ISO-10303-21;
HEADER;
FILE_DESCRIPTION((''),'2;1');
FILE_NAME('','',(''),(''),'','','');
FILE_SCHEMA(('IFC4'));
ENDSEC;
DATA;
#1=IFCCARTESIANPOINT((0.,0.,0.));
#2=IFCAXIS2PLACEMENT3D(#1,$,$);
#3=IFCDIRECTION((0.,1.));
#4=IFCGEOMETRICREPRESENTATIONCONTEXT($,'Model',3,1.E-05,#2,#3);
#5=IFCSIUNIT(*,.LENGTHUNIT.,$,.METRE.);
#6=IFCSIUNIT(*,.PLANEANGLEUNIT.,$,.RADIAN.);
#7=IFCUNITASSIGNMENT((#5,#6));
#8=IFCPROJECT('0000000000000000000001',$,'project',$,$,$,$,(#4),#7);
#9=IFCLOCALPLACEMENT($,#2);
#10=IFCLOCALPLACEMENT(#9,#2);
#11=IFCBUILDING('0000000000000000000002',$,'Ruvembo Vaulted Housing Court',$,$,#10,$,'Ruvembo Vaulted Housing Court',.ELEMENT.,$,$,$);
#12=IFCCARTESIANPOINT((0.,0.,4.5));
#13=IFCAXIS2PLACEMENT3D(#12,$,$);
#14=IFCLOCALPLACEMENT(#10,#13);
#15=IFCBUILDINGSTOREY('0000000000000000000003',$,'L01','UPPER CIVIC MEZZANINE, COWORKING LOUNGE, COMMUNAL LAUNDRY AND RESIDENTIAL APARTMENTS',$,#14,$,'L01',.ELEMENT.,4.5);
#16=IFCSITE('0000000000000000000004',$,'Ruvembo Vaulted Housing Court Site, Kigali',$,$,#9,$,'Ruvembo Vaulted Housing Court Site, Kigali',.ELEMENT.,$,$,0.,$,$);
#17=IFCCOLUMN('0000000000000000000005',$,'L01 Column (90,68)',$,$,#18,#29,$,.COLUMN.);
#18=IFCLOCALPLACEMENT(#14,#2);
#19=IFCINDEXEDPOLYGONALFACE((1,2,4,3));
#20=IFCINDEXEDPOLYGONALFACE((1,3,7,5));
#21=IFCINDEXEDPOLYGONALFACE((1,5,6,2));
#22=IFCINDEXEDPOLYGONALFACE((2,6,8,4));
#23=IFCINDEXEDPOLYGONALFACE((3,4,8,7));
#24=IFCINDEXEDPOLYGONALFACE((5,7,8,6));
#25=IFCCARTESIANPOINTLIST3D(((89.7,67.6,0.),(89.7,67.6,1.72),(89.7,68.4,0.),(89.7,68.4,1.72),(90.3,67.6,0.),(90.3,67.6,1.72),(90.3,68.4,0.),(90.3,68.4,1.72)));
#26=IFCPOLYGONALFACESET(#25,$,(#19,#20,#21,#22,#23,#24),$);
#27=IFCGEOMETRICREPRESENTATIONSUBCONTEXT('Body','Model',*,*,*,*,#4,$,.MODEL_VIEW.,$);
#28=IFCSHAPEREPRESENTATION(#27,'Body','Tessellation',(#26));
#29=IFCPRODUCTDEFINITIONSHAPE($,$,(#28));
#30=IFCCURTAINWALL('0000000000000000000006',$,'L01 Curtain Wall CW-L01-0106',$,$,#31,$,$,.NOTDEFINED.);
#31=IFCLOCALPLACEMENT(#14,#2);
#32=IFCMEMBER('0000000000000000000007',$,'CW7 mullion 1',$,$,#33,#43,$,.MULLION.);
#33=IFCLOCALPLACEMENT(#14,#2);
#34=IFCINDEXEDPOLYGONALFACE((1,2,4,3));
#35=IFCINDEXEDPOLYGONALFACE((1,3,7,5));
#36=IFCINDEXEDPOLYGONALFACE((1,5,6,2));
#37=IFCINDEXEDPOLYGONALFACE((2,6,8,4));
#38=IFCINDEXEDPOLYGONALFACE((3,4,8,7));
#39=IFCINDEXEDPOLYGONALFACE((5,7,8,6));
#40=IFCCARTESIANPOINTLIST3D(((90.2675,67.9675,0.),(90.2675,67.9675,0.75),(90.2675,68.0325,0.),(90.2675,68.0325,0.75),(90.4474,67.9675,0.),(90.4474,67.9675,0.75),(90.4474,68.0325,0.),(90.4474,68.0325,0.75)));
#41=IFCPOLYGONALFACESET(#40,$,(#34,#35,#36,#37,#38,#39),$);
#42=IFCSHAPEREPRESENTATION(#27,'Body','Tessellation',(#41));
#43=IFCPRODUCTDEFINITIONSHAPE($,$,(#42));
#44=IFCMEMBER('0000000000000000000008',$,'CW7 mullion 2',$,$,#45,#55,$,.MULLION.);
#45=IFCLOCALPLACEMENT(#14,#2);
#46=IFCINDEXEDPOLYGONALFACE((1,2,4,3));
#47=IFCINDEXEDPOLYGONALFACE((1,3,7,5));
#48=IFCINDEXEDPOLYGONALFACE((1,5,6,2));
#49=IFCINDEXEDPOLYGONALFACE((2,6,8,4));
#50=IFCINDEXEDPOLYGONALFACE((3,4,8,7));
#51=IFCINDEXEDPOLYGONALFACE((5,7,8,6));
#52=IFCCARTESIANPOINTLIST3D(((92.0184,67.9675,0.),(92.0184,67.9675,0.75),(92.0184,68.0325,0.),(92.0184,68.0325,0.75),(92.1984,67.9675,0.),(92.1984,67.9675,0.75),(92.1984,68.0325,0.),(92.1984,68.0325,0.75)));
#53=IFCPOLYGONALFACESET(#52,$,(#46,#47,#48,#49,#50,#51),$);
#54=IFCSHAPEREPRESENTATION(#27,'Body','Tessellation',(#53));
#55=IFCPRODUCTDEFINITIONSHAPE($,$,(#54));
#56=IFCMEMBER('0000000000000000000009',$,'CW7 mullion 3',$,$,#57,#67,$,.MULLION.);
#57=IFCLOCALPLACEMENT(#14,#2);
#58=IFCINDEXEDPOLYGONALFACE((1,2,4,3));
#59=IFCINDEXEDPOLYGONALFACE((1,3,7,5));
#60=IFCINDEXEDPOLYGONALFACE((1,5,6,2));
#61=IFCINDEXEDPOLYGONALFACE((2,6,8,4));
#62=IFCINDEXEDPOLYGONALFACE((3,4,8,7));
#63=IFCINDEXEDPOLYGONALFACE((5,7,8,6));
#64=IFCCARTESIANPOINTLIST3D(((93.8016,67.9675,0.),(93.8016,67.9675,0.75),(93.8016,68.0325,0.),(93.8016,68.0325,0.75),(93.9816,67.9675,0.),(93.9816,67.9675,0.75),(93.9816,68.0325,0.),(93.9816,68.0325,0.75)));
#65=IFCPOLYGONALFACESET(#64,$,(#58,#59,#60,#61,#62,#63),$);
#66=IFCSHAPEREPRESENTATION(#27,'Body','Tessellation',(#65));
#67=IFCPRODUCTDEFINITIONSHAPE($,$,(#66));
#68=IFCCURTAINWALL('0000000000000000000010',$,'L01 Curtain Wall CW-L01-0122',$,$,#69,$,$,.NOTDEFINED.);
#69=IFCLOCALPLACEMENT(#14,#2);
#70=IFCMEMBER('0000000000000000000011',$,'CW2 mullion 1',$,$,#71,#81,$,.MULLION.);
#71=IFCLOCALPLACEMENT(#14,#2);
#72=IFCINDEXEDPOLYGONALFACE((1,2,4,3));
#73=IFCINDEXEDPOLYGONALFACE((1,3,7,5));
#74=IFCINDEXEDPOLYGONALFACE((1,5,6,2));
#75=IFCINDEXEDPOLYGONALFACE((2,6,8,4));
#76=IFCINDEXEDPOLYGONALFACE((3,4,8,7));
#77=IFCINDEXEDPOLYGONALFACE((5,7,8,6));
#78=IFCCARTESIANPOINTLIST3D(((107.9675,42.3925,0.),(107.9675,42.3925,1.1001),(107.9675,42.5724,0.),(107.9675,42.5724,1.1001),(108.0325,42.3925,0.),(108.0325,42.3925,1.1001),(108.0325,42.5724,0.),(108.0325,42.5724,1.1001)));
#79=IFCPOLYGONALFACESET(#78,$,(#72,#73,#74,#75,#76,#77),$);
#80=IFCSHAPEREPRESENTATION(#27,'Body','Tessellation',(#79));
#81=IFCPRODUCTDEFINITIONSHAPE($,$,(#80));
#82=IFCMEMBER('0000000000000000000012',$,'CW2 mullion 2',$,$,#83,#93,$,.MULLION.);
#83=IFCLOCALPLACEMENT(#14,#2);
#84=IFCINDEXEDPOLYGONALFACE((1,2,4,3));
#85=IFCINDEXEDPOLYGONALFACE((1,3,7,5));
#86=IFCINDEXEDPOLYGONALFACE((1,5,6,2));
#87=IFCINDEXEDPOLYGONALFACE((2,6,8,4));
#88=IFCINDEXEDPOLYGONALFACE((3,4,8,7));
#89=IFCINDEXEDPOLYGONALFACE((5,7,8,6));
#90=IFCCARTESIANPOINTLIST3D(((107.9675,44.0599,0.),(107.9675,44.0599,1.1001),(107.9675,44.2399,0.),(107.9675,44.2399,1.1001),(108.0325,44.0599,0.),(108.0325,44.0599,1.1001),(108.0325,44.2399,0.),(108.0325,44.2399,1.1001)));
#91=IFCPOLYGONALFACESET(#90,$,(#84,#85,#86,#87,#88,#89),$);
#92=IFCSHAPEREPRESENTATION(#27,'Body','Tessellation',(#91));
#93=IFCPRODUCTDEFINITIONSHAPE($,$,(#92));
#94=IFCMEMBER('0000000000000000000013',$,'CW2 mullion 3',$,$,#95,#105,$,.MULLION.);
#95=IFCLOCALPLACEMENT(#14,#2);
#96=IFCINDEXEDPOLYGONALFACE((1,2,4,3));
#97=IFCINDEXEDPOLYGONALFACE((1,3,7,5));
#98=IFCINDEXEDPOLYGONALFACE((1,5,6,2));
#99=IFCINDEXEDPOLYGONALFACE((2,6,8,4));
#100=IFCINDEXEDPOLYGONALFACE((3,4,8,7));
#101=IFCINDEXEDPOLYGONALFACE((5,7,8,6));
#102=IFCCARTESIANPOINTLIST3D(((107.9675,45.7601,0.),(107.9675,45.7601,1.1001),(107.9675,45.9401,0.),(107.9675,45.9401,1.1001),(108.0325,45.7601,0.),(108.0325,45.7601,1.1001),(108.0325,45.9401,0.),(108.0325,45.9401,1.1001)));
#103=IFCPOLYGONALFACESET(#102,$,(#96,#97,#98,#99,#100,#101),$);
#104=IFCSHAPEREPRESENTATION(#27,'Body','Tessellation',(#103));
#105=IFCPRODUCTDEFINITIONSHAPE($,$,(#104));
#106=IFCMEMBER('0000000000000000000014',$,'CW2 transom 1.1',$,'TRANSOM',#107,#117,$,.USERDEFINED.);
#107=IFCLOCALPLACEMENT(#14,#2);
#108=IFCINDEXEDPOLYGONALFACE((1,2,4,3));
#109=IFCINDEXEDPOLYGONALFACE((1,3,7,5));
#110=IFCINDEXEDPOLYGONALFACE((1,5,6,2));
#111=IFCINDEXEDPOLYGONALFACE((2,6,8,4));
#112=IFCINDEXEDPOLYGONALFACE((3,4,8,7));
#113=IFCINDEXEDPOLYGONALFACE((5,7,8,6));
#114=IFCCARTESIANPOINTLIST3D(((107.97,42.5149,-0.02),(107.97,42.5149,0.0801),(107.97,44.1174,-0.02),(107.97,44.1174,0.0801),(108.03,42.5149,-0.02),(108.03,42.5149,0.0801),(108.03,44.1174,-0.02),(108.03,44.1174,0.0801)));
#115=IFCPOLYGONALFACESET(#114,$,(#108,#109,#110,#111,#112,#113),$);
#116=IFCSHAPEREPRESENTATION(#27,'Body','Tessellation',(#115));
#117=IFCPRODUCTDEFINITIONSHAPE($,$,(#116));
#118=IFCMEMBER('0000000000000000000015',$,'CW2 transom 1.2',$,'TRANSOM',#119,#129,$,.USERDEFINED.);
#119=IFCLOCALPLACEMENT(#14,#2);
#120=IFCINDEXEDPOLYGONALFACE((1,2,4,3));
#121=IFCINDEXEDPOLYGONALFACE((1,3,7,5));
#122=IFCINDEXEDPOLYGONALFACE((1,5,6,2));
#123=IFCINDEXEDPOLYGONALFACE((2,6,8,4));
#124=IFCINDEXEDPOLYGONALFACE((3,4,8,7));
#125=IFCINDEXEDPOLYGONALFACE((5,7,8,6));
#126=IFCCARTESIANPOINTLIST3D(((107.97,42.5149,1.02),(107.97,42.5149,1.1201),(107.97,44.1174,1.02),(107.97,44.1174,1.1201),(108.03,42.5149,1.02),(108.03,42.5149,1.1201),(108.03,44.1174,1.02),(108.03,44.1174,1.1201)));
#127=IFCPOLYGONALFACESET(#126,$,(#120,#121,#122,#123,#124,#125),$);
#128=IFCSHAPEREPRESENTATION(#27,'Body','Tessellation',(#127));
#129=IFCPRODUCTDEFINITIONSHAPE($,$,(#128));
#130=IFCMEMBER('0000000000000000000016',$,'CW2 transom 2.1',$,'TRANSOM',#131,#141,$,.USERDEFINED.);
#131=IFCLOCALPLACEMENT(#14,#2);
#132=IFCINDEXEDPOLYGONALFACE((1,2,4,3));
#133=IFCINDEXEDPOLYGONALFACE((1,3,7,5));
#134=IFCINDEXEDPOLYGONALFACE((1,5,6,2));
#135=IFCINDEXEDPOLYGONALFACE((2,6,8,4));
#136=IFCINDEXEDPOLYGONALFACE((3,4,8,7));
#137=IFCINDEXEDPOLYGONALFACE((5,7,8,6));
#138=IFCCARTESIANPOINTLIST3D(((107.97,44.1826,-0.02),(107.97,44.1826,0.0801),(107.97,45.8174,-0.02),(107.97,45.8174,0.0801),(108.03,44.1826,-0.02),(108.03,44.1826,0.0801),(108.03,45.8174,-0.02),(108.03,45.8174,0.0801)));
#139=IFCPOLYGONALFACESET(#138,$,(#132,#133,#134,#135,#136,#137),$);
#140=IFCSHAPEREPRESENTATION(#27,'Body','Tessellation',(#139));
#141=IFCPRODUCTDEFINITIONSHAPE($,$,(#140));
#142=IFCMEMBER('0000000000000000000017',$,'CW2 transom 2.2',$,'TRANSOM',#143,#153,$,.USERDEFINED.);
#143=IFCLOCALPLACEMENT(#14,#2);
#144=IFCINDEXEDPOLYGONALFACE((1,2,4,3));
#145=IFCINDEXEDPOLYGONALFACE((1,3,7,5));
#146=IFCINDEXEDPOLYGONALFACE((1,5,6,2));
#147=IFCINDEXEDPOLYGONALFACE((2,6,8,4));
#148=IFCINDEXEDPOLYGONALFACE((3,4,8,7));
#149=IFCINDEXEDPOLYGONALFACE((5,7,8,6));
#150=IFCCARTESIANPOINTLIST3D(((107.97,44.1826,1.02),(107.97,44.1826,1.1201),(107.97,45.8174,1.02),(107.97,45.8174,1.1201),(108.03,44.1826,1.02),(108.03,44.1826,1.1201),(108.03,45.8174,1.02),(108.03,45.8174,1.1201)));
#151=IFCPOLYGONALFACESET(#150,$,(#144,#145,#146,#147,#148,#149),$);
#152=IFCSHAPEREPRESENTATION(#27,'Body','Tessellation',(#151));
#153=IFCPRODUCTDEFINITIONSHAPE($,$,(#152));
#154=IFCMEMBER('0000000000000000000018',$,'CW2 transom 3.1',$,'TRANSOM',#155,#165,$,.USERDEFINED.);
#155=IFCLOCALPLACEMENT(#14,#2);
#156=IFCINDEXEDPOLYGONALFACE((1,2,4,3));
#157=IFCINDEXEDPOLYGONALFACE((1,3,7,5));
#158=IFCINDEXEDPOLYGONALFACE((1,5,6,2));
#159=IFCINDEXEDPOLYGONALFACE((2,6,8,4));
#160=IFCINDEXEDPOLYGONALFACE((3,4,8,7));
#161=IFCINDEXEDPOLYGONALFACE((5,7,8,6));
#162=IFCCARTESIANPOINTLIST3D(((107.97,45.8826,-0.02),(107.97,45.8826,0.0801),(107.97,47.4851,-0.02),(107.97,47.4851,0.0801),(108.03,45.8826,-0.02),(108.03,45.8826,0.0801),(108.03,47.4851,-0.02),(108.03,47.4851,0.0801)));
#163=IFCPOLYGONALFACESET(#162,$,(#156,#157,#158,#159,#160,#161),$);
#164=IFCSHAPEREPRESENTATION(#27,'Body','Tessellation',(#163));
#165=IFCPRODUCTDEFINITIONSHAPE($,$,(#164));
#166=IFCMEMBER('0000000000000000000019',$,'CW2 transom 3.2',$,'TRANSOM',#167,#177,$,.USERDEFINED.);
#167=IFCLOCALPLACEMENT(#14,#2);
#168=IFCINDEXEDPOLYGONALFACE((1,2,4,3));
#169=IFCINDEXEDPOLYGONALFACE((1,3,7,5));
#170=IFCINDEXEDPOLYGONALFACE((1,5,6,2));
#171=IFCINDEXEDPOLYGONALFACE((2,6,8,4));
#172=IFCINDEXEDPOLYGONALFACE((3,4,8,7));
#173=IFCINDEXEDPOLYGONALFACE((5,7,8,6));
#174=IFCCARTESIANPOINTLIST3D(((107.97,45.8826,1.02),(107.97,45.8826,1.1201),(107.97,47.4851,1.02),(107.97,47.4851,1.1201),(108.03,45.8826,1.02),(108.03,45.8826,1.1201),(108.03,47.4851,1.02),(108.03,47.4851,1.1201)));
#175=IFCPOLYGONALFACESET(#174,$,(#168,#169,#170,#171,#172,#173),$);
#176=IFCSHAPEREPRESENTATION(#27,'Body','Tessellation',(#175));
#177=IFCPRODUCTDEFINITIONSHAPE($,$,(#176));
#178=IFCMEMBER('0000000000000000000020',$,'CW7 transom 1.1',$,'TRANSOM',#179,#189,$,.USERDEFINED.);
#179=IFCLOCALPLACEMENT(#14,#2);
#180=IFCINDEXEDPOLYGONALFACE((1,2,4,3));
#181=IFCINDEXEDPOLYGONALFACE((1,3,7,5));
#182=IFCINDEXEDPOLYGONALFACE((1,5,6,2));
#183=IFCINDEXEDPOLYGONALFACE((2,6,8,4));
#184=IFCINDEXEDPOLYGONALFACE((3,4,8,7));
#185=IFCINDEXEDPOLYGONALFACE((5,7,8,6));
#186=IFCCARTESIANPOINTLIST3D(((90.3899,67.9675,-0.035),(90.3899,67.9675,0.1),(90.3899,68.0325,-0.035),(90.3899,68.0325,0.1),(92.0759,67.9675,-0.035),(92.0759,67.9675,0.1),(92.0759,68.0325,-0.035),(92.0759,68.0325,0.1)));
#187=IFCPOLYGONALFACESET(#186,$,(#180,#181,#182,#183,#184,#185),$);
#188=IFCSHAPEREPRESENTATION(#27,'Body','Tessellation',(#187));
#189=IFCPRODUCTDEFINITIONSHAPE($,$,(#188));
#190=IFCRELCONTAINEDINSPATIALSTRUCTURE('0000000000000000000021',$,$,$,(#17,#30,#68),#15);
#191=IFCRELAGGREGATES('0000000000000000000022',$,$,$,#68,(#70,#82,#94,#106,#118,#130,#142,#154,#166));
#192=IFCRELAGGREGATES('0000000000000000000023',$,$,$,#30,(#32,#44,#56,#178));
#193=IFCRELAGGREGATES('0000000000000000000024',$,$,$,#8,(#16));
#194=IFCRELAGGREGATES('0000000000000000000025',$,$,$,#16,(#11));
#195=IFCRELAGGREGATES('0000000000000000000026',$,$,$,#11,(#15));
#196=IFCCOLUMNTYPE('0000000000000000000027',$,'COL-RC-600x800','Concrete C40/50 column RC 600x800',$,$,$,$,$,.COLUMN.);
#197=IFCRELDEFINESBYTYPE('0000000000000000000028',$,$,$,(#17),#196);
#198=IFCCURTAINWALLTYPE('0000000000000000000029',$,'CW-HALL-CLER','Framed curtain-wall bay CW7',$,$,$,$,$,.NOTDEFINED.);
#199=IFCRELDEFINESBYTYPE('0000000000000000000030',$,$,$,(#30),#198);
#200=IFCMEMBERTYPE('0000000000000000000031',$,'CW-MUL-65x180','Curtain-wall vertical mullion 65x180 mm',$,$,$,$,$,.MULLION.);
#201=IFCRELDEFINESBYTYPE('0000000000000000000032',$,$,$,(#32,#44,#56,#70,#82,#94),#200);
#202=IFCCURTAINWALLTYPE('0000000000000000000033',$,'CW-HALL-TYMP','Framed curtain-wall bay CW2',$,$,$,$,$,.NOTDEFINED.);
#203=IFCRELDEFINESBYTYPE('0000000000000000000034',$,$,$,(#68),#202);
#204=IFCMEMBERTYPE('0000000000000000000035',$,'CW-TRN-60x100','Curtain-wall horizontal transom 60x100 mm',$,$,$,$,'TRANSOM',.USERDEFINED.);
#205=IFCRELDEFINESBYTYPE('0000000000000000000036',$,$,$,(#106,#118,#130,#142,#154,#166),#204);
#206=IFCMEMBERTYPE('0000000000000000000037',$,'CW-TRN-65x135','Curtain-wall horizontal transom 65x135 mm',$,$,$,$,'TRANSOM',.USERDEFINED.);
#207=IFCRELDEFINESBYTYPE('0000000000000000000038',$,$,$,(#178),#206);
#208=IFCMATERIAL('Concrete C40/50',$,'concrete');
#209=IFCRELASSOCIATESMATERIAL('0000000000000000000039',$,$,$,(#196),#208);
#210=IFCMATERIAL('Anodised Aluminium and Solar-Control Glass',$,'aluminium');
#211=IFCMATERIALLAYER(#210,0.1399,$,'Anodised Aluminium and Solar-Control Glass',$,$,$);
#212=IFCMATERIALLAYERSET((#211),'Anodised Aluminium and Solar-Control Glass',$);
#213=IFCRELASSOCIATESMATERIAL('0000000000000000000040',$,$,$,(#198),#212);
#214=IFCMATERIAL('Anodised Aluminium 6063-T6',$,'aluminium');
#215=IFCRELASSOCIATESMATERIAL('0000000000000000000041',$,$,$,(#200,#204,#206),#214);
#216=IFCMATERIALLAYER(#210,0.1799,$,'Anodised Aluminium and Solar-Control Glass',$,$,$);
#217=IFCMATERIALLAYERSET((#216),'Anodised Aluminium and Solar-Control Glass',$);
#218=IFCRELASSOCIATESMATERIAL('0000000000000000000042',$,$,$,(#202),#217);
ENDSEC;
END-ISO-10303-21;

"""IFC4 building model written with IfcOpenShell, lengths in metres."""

from ifc_helpers import new_model, si_unit, direction, frame, origin, origin_2d, place, context, subcontext, project, spatial, rectangle, extrude, material, layer, layer_set, material_profile, profile_set, type_object, element, aggregate, save


model = new_model("IFC4")

# Units and contexts
model_context = context("Model", 3, precision=1e-05, world=origin(), true_north=direction((0.0, 1.0)))
body_context = subcontext(model_context, "Body", "Model", "MODEL_VIEW")
ifc_project = project(units=[si_unit("LENGTHUNIT", "METRE"), si_unit("PLANEANGLEUNIT", "RADIAN")], contexts=[model_context])

# Site, building, storey
site_placement = place(None, origin())
site = spatial("IfcSite", under=ifc_project, at=site_placement, Name="Ruvembo Vaulted Housing Court Site, Kigali", LongName="Ruvembo Vaulted Housing Court Site, Kigali", CompositionType="ELEMENT", RefElevation=0.0)
building_placement = place(site_placement, origin())
building = spatial("IfcBuilding", under=site, at=building_placement, Name="Ruvembo Vaulted Housing Court", LongName="Ruvembo Vaulted Housing Court", CompositionType="ELEMENT")
storey_placement = place(building_placement, frame((0.0, 0.0, 4.5)))
storey = spatial("IfcBuildingStorey", under=building, at=storey_placement, Name="L01", Description="UPPER CIVIC MEZZANINE, COWORKING LOUNGE, COMMUNAL LAUNDRY AND RESIDENTIAL APARTMENTS", LongName="L01", CompositionType="ELEMENT", Elevation=4.5)

# Column
ifc_material_1 = material(Name="Concrete C40/50", Category="concrete")
ifc_material_profile_1 = material_profile(ifc_material_1, rectangle(XDim=0.6001, YDim=0.8, at=origin_2d()), Name="RC 600x800")
ifc_profile_set_1 = profile_set([ifc_material_profile_1], Name="Concrete C40/50")
column_type = type_object("IfcColumnType", Name="COL-RC-600x800", Description="Concrete C40/50 column RC 600x800", PredefinedType="COLUMN", material=ifc_profile_set_1)
column_placement = place(storey_placement, frame((90.0, 68.0, 0.0), z_axis=(0.0, 0.0, 1.0), x_axis=(1.0, 0.0, 0.0)))
element("IfcColumn", 1, at=column_placement, inside=storey, type_object=column_type, Name="L01 Column (90,68)", PredefinedType="COLUMN", context=body_context, shape_type="SweptSolid", body=[
    extrude(rectangle(XDim=0.6001, YDim=0.8, at=origin_2d()), origin(), (0.0, 0.0, 1.0), 1.72),
])

# Curtain walls, members
ifc_material_2 = material(Name="Anodised Aluminium and Solar-Control Glass", Category="aluminium")
ifc_layer_1 = layer(ifc_material_2, 0.1399, Name="Anodised Aluminium and Solar-Control Glass")
ifc_layer_set_1 = layer_set([ifc_layer_1], Name="Anodised Aluminium and Solar-Control Glass")
curtain_wall_type_1 = type_object("IfcCurtainWallType", Name="CW-HALL-CLER", Description="Framed curtain-wall bay CW7", PredefinedType="NOTDEFINED", material=ifc_layer_set_1)
curtain_wall_1_placement = place(storey_placement, origin())
curtain_wall_1 = element("IfcCurtainWall", 2, at=curtain_wall_1_placement, inside=storey, type_object=curtain_wall_type_1, Name="L01 Curtain Wall CW-L01-0106", PredefinedType="NOTDEFINED")
ifc_material_3 = material(Name="Anodised Aluminium 6063-T6", Category="aluminium")
ifc_material_profile_2 = material_profile(ifc_material_3, rectangle(XDim=0.0649, YDim=0.1799, at=origin_2d()), Name="ALU 65x180")
ifc_profile_set_2 = profile_set([ifc_material_profile_2], Name="Anodised Aluminium 6063-T6")
member_type_1 = type_object("IfcMemberType", Name="CW-MUL-65x180", Description="Curtain-wall vertical mullion 65x180 mm", PredefinedType="MULLION", material=ifc_profile_set_2)
member_1_placement = place(storey_placement, frame((90.3574, 68.0, 0.0), z_axis=(0.0, 0.0, 1.0), x_axis=(0.0, 1.0, 0.0)))
member_1 = element("IfcMember", 3, at=member_1_placement, type_object=member_type_1, Name="CW7 mullion 1", PredefinedType="MULLION", context=body_context, shape_type="SweptSolid", body=[
    extrude(rectangle(XDim=0.0649, YDim=0.1799, at=origin_2d()), origin(), (0.0, 0.0, 1.0), 0.75),
])
member_2_placement = place(storey_placement, frame((92.1084, 68.0, 0.0), z_axis=(0.0, 0.0, 1.0), x_axis=(0.0, 1.0, 0.0)))
member_2 = element("IfcMember", 4, at=member_2_placement, type_object=member_type_1, Name="CW7 mullion 2", PredefinedType="MULLION", context=body_context, shape_type="SweptSolid", body=[
    extrude(rectangle(XDim=0.0649, YDim=0.1799, at=origin_2d()), origin(), (0.0, 0.0, 1.0), 0.75),
])
member_3_placement = place(storey_placement, frame((93.8916, 68.0, 0.0), z_axis=(0.0, 0.0, 1.0), x_axis=(0.0, 1.0, 0.0)))
member_3 = element("IfcMember", 5, at=member_3_placement, type_object=member_type_1, Name="CW7 mullion 3", PredefinedType="MULLION", context=body_context, shape_type="SweptSolid", body=[
    extrude(rectangle(XDim=0.0649, YDim=0.1799, at=origin_2d()), origin(), (0.0, 0.0, 1.0), 0.75),
])
ifc_layer_2 = layer(ifc_material_2, 0.1799, Name="Anodised Aluminium and Solar-Control Glass")
ifc_layer_set_2 = layer_set([ifc_layer_2], Name="Anodised Aluminium and Solar-Control Glass")
curtain_wall_type_2 = type_object("IfcCurtainWallType", Name="CW-HALL-TYMP", Description="Framed curtain-wall bay CW2", PredefinedType="NOTDEFINED", material=ifc_layer_set_2)
curtain_wall_2_placement = place(storey_placement, origin())
curtain_wall_2 = element("IfcCurtainWall", 6, at=curtain_wall_2_placement, inside=storey, type_object=curtain_wall_type_2, Name="L01 Curtain Wall CW-L01-0122", PredefinedType="NOTDEFINED")
member_4_placement = place(storey_placement, frame((108.0, 42.4824, 0.0), z_axis=(0.0, 0.0, 1.0), x_axis=(-1.0, 0.0, 0.0)))
member_4 = element("IfcMember", 7, at=member_4_placement, type_object=member_type_1, Name="CW2 mullion 1", PredefinedType="MULLION", context=body_context, shape_type="SweptSolid", body=[
    extrude(rectangle(XDim=0.0649, YDim=0.1799, at=origin_2d()), origin(), (0.0, 0.0, 1.0), 1.1001),
])
member_5_placement = place(storey_placement, frame((108.0, 44.1499, 0.0), z_axis=(0.0, 0.0, 1.0), x_axis=(-1.0, 0.0, 0.0)))
member_5 = element("IfcMember", 8, at=member_5_placement, type_object=member_type_1, Name="CW2 mullion 2", PredefinedType="MULLION", context=body_context, shape_type="SweptSolid", body=[
    extrude(rectangle(XDim=0.0649, YDim=0.1799, at=origin_2d()), origin(), (0.0, 0.0, 1.0), 1.1001),
])
member_6_placement = place(storey_placement, frame((108.0, 45.8501, 0.0), z_axis=(0.0, 0.0, 1.0), x_axis=(-1.0, 0.0, 0.0)))
member_6 = element("IfcMember", 9, at=member_6_placement, type_object=member_type_1, Name="CW2 mullion 3", PredefinedType="MULLION", context=body_context, shape_type="SweptSolid", body=[
    extrude(rectangle(XDim=0.0649, YDim=0.1799, at=origin_2d()), origin(), (0.0, 0.0, 1.0), 1.1001),
])
ifc_material_profile_3 = material_profile(ifc_material_3, rectangle(XDim=0.0601, YDim=0.1001, at=origin_2d()), Name="ALU 60x100")
ifc_profile_set_3 = profile_set([ifc_material_profile_3], Name="Anodised Aluminium 6063-T6")
member_type_2 = type_object("IfcMemberType", Name="CW-TRN-60x100", Description="Curtain-wall horizontal transom 60x100 mm", ElementType="TRANSOM", PredefinedType="USERDEFINED", material=ifc_profile_set_3)
member_7_placement = place(storey_placement, frame((108.0, 42.5149, 0.03), z_axis=(0.0, 1.0, 0.0), x_axis=(-1.0, 0.0, 0.0)))
member_7 = element("IfcMember", 10, at=member_7_placement, type_object=member_type_2, Name="CW2 transom 1.1", ObjectType="TRANSOM", PredefinedType="USERDEFINED", context=body_context, shape_type="SweptSolid", body=[
    extrude(rectangle(XDim=0.0601, YDim=0.1001, at=origin_2d()), origin(), (0.0, 0.0, 1.0), 1.6025),
])
member_8_placement = place(storey_placement, frame((108.0, 42.5149, 1.0701), z_axis=(0.0, 1.0, 0.0), x_axis=(-1.0, 0.0, 0.0)))
member_8 = element("IfcMember", 11, at=member_8_placement, type_object=member_type_2, Name="CW2 transom 1.2", ObjectType="TRANSOM", PredefinedType="USERDEFINED", context=body_context, shape_type="SweptSolid", body=[
    extrude(rectangle(XDim=0.0601, YDim=0.1001, at=origin_2d()), origin(), (0.0, 0.0, 1.0), 1.6025),
])
member_9_placement = place(storey_placement, frame((108.0, 44.1826, 0.03), z_axis=(0.0, 1.0, 0.0), x_axis=(-1.0, 0.0, 0.0)))
member_9 = element("IfcMember", 12, at=member_9_placement, type_object=member_type_2, Name="CW2 transom 2.1", ObjectType="TRANSOM", PredefinedType="USERDEFINED", context=body_context, shape_type="SweptSolid", body=[
    extrude(rectangle(XDim=0.0601, YDim=0.1001, at=origin_2d()), origin(), (0.0, 0.0, 1.0), 1.6348),
])
member_10_placement = place(storey_placement, frame((108.0, 44.1826, 1.0701), z_axis=(0.0, 1.0, 0.0), x_axis=(-1.0, 0.0, 0.0)))
member_10 = element("IfcMember", 13, at=member_10_placement, type_object=member_type_2, Name="CW2 transom 2.2", ObjectType="TRANSOM", PredefinedType="USERDEFINED", context=body_context, shape_type="SweptSolid", body=[
    extrude(rectangle(XDim=0.0601, YDim=0.1001, at=origin_2d()), origin(), (0.0, 0.0, 1.0), 1.6348),
])
member_11_placement = place(storey_placement, frame((108.0, 45.8826, 0.03), z_axis=(0.0, 1.0, 0.0), x_axis=(-1.0, 0.0, 0.0)))
member_11 = element("IfcMember", 14, at=member_11_placement, type_object=member_type_2, Name="CW2 transom 3.1", ObjectType="TRANSOM", PredefinedType="USERDEFINED", context=body_context, shape_type="SweptSolid", body=[
    extrude(rectangle(XDim=0.0601, YDim=0.1001, at=origin_2d()), origin(), (0.0, 0.0, 1.0), 1.6025),
])
member_12_placement = place(storey_placement, frame((108.0, 45.8826, 1.0701), z_axis=(0.0, 1.0, 0.0), x_axis=(-1.0, 0.0, 0.0)))
member_12 = element("IfcMember", 15, at=member_12_placement, type_object=member_type_2, Name="CW2 transom 3.2", ObjectType="TRANSOM", PredefinedType="USERDEFINED", context=body_context, shape_type="SweptSolid", body=[
    extrude(rectangle(XDim=0.0601, YDim=0.1001, at=origin_2d()), origin(), (0.0, 0.0, 1.0), 1.6025),
])

# Member
ifc_material_profile_4 = material_profile(ifc_material_3, rectangle(XDim=0.0649, YDim=0.135, at=origin_2d()), Name="ALU 65x135")
ifc_profile_set_4 = profile_set([ifc_material_profile_4], Name="Anodised Aluminium 6063-T6")
member_type_3 = type_object("IfcMemberType", Name="CW-TRN-65x135", Description="Curtain-wall horizontal transom 65x135 mm", ElementType="TRANSOM", PredefinedType="USERDEFINED", material=ifc_profile_set_4)
member_13_placement = place(storey_placement, frame((90.3899, 68.0, 0.0325), z_axis=(1.0, 0.0, 0.0), x_axis=(0.0, 1.0, 0.0)))
member_13 = element("IfcMember", 16, at=member_13_placement, type_object=member_type_3, Name="CW7 transom 1.1", ObjectType="TRANSOM", PredefinedType="USERDEFINED", context=body_context, shape_type="SweptSolid", body=[
    extrude(rectangle(XDim=0.0649, YDim=0.135, at=origin_2d()), origin(), (0.0, 0.0, 1.0), 1.686),
])

aggregate(curtain_wall_2, [member_4, member_5, member_6, member_7, member_8, member_9, member_10, member_11, member_12])
aggregate(curtain_wall_1, [member_1, member_2, member_3, member_13])

save(model, "model.ifc")
